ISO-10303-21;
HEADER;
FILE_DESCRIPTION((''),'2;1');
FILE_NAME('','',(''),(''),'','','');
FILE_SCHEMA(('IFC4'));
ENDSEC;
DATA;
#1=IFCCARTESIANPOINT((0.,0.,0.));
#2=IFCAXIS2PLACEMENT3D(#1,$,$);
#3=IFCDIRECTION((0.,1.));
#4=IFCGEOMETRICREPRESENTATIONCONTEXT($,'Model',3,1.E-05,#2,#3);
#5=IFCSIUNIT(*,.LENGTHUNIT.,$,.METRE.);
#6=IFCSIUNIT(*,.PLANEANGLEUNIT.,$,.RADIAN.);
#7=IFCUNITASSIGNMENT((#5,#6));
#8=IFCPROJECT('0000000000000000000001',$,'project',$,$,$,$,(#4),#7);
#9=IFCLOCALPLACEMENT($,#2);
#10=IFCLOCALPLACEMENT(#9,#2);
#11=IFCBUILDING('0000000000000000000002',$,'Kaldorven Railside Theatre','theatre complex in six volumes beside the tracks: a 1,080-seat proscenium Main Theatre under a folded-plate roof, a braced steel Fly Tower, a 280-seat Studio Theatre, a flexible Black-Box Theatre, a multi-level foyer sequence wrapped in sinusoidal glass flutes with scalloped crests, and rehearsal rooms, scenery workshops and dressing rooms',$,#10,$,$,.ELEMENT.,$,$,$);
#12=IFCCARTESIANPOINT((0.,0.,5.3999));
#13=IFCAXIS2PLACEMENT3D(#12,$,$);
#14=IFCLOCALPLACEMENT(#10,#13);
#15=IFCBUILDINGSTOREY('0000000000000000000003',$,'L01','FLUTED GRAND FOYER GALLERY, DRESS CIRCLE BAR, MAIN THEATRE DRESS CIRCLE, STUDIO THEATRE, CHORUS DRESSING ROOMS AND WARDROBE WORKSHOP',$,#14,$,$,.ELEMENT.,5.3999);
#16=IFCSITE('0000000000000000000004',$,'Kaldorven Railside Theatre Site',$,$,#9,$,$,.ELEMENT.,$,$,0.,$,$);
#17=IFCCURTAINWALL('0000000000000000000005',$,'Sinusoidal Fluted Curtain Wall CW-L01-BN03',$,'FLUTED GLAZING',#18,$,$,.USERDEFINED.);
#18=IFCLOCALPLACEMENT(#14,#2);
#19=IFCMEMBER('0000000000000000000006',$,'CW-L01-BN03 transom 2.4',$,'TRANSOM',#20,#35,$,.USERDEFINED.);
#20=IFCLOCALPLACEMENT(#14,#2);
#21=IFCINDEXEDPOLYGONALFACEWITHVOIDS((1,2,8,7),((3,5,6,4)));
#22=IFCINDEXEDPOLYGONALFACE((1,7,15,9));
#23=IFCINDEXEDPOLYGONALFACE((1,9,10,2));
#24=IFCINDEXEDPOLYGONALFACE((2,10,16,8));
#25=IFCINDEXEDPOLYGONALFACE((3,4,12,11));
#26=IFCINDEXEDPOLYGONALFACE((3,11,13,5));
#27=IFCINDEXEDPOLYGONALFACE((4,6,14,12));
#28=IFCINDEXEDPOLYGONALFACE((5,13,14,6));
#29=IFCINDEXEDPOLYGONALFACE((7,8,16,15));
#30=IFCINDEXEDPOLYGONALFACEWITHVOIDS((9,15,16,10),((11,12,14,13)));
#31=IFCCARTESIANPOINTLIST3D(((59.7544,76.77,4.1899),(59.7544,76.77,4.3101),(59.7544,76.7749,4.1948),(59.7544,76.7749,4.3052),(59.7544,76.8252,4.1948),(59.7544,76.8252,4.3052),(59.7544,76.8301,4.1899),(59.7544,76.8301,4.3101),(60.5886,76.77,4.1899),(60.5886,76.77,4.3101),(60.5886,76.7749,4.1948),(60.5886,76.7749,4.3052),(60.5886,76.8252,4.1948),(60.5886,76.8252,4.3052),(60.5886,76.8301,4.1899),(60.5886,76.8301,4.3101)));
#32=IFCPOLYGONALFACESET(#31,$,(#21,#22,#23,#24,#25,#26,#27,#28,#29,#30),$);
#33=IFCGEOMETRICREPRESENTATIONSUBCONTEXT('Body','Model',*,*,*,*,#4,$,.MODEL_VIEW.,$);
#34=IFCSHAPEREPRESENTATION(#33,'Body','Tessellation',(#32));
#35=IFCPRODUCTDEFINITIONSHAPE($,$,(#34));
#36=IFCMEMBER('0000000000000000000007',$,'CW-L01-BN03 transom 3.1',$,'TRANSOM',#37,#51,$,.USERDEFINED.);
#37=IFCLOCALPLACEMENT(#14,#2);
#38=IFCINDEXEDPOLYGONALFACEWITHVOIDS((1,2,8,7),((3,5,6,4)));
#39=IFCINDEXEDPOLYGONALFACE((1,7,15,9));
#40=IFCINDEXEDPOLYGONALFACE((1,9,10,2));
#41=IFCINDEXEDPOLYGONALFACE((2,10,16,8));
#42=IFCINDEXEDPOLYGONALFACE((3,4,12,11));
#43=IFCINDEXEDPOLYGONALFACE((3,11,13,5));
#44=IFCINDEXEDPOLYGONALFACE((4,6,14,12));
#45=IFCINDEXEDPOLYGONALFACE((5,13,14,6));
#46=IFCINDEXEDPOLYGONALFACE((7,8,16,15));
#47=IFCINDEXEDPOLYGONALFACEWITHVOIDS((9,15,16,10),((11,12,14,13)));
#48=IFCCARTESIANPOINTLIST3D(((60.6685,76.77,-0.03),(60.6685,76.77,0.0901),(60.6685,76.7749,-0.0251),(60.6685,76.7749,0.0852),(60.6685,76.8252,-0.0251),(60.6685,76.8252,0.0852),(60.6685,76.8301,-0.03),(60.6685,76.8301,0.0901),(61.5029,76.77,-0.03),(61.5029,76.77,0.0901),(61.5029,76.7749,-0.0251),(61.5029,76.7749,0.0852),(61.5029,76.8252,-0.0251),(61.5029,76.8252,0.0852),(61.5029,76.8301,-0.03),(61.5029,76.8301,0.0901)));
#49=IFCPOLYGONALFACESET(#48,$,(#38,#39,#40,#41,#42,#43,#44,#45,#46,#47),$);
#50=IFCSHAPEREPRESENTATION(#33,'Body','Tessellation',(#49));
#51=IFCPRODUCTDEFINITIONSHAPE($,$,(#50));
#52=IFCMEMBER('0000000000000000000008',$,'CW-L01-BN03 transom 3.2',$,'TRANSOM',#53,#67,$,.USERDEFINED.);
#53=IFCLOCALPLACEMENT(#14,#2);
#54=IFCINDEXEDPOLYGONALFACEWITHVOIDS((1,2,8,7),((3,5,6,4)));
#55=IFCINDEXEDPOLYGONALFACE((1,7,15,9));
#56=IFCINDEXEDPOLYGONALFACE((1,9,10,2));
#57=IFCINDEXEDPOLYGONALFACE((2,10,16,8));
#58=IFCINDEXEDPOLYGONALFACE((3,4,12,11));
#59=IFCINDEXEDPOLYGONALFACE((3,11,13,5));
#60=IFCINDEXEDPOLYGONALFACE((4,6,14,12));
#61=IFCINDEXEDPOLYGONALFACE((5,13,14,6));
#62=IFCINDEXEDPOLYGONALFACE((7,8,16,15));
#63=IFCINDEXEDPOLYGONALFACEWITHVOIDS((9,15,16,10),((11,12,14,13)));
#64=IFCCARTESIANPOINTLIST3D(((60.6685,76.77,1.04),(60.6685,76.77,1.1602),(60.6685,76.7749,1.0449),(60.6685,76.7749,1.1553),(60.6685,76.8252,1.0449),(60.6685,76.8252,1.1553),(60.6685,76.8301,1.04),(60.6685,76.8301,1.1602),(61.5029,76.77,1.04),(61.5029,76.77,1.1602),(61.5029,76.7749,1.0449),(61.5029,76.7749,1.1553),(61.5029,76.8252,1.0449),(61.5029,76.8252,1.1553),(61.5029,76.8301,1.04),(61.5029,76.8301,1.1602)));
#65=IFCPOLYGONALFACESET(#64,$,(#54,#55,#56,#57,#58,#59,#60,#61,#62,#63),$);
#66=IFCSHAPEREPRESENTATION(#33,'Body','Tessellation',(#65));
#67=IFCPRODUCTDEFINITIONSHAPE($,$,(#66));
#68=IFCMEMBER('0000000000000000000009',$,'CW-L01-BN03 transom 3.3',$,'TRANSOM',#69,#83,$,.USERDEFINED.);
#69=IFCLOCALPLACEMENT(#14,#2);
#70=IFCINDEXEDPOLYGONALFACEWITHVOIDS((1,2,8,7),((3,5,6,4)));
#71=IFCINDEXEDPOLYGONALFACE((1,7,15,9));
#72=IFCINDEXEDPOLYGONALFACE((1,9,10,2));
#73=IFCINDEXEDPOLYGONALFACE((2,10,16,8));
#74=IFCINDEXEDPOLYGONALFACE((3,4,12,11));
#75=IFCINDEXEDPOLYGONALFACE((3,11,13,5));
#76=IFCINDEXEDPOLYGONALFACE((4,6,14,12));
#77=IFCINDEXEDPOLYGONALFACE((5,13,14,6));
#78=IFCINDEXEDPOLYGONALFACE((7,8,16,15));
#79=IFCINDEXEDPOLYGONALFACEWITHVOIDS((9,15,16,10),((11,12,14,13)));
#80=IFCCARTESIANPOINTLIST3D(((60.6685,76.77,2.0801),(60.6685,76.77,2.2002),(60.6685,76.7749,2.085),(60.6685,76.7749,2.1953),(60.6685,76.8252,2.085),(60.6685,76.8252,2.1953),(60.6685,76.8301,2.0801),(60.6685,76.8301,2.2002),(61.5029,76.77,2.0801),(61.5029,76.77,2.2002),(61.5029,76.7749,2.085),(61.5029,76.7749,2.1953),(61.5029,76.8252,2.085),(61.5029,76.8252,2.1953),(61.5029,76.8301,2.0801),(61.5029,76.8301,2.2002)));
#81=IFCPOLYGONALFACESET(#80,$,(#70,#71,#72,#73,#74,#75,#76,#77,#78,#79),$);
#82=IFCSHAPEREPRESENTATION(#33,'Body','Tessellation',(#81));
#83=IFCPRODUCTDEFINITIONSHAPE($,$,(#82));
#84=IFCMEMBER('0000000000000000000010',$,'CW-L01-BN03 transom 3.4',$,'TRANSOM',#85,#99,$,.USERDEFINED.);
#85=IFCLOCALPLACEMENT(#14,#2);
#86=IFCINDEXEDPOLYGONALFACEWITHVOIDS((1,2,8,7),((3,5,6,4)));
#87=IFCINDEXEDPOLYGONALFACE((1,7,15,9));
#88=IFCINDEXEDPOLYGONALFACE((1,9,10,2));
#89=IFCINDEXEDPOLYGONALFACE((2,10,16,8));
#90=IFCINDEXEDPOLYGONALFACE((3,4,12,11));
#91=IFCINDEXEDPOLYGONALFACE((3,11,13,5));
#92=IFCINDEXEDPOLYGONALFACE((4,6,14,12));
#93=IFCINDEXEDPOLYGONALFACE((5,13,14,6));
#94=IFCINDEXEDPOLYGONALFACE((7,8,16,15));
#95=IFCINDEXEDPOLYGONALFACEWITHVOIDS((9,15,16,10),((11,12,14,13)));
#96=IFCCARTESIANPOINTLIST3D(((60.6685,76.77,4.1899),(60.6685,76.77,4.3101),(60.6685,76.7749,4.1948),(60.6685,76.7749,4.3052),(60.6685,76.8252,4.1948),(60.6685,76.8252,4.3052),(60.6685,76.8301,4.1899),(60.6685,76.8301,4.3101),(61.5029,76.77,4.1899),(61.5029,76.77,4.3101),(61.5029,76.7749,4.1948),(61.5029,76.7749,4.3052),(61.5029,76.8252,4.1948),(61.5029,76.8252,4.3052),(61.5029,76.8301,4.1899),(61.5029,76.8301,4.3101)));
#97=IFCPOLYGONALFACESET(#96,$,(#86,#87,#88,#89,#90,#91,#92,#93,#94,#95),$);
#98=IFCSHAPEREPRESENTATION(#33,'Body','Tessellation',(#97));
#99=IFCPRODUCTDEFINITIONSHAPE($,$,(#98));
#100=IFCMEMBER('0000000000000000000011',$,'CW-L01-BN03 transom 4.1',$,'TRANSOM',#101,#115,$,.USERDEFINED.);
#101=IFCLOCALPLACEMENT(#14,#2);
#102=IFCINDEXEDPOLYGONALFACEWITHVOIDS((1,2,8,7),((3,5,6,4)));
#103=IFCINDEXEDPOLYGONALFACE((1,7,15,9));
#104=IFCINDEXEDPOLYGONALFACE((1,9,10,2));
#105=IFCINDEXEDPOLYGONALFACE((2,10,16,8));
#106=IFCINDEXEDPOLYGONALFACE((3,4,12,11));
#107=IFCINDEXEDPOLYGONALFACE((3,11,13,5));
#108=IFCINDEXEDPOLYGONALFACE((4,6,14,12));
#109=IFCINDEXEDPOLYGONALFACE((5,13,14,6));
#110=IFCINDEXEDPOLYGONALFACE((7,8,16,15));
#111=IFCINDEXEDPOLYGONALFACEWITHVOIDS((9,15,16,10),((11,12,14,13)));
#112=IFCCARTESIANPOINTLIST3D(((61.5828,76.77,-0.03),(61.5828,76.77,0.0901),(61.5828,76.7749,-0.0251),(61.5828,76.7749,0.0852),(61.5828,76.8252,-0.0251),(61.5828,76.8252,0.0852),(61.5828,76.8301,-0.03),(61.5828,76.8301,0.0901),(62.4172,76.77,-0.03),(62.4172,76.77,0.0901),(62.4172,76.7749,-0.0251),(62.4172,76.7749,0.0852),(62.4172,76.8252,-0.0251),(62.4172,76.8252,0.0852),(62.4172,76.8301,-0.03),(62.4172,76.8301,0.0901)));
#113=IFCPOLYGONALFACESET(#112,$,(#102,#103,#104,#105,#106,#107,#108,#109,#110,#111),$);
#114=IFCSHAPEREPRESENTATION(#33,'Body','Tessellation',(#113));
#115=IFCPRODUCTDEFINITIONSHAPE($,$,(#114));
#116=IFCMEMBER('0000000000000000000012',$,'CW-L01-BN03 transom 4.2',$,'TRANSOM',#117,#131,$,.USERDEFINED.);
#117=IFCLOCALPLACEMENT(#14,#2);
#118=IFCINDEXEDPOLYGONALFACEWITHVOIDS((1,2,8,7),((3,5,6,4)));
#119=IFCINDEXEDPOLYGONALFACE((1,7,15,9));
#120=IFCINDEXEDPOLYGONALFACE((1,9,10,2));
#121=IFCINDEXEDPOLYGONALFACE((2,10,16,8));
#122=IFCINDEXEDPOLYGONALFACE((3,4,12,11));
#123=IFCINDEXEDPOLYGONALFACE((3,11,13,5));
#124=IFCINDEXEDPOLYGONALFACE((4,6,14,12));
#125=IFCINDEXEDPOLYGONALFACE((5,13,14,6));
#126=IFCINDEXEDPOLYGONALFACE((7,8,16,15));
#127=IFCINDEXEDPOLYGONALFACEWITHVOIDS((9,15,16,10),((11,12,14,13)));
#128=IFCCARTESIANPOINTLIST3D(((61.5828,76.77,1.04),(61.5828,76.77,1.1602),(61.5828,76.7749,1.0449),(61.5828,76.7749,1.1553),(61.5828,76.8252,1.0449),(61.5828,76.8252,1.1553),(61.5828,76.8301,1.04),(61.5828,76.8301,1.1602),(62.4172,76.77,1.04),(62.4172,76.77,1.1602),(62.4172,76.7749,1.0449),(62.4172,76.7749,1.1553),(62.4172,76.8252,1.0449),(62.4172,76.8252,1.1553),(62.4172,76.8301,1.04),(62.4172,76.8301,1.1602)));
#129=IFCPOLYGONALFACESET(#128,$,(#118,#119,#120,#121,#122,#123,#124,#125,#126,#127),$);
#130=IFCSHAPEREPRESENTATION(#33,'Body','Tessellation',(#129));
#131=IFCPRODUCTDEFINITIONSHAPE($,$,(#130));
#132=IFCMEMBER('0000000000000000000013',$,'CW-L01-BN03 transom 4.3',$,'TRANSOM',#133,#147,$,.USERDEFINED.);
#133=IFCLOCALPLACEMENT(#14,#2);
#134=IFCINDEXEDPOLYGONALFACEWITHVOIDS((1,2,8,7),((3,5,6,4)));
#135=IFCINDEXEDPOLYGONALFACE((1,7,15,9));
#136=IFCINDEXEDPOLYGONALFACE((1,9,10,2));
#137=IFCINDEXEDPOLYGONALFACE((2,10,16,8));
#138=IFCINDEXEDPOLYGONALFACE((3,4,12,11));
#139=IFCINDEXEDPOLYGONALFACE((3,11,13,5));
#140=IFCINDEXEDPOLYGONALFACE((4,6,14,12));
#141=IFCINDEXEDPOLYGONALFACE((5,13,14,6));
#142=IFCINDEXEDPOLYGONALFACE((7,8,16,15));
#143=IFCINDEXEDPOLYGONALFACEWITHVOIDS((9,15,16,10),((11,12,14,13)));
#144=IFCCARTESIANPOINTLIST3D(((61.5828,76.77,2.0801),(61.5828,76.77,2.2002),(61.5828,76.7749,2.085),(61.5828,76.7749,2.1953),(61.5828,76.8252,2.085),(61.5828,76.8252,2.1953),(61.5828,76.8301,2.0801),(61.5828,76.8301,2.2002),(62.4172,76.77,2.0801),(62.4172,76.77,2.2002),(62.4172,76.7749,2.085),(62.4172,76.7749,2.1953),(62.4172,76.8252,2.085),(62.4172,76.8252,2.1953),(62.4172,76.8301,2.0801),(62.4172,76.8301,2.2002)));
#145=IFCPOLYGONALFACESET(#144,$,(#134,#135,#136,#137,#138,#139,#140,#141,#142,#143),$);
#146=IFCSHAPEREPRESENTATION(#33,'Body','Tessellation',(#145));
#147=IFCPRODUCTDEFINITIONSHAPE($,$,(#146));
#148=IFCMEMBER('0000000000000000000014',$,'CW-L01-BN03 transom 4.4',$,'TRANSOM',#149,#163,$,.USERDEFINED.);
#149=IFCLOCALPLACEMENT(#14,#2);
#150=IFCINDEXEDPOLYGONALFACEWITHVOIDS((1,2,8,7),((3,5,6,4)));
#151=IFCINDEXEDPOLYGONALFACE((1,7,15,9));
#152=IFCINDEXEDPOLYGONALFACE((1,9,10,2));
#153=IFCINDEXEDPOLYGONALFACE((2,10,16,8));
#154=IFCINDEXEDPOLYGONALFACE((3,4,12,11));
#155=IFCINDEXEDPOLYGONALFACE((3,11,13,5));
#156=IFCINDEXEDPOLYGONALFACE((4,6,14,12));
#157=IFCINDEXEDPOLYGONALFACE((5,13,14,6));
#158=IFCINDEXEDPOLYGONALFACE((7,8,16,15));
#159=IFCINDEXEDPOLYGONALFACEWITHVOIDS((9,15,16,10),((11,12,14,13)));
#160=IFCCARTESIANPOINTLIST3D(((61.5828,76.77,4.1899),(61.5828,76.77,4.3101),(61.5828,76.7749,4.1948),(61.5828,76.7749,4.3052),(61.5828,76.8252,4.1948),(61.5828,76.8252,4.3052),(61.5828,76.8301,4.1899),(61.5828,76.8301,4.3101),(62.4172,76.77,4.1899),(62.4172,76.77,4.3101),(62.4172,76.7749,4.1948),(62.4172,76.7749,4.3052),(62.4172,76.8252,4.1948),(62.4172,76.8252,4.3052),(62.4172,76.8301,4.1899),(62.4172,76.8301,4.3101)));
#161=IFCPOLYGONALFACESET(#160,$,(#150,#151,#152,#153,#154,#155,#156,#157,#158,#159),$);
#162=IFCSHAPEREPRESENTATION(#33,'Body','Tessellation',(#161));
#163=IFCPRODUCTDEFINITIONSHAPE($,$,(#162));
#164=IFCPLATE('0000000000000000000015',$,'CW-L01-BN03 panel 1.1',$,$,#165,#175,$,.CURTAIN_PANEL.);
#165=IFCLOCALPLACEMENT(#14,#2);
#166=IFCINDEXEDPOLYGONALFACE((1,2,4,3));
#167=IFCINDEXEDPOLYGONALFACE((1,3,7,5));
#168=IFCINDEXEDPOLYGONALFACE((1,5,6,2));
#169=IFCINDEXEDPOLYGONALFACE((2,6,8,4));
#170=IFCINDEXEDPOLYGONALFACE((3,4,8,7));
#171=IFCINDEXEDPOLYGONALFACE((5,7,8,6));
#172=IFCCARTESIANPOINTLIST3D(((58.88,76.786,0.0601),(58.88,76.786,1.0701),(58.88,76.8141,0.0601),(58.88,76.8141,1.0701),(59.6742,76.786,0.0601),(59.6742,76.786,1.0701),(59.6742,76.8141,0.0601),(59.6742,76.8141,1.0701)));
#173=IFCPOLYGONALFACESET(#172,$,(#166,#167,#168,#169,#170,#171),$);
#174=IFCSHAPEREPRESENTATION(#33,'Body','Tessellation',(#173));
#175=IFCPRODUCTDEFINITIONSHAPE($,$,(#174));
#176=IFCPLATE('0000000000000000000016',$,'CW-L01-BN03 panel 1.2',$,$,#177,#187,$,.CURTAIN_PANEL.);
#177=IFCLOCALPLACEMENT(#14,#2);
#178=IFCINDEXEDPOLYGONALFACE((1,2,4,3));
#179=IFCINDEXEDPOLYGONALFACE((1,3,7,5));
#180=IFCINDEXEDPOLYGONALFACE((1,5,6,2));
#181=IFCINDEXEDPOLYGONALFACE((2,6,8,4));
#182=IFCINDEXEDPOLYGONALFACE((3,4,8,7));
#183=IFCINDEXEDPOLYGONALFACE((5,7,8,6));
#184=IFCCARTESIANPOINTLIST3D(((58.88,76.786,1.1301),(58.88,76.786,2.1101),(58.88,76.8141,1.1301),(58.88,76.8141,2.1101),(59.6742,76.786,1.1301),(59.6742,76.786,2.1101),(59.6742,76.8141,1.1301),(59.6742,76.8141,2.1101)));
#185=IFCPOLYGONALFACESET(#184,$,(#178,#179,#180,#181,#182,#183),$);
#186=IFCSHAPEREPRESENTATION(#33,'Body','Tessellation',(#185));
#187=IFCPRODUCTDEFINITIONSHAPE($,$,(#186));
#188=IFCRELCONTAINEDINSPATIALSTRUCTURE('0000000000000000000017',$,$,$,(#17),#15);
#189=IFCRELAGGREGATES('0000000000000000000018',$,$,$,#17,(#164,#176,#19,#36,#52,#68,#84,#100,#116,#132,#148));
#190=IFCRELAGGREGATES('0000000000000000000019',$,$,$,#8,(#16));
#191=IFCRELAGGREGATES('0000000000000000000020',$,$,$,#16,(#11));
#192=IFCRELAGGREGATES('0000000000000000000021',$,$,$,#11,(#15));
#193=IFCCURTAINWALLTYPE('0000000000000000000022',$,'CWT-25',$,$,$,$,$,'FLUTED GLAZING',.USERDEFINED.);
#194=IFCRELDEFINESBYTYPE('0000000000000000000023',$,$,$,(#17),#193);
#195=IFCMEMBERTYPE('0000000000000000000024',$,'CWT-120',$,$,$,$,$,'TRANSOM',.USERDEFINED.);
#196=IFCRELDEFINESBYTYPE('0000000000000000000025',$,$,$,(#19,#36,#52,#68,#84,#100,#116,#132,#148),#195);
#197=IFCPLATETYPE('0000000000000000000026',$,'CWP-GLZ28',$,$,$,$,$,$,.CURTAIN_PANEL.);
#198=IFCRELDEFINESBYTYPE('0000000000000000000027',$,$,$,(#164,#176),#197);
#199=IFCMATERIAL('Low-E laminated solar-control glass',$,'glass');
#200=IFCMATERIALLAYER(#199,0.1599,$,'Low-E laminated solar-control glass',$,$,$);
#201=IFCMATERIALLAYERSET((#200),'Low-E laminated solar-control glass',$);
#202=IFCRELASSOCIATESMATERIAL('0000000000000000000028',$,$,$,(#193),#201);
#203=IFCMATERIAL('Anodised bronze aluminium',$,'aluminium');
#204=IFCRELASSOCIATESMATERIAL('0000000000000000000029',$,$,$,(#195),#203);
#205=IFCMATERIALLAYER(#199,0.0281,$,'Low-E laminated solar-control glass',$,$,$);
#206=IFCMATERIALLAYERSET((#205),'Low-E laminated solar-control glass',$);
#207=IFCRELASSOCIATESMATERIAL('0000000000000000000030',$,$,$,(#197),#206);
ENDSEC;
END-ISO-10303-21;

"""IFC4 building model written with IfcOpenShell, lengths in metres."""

from ifc_helpers import new_model, si_unit, direction, frame, origin, origin_2d, place, context, subcontext, project, spatial, rectangle, hollow_rectangle, extrude, material, layer, layer_set, material_profile, profile_set, type_object, element, aggregate, save


model = new_model("IFC4")

# Units and contexts
model_context = context("Model", 3, precision=1e-05, world=origin(), true_north=direction((0.0, 1.0)))
body_context = subcontext(model_context, "Body", "Model", "MODEL_VIEW")
ifc_project = project(units=[si_unit("LENGTHUNIT", "METRE"), si_unit("PLANEANGLEUNIT", "RADIAN")], contexts=[model_context])

# Site, building, storey
site_placement = place(None, origin())
site = spatial("IfcSite", under=ifc_project, at=site_placement, Name="Kaldorven Railside Theatre Site", CompositionType="ELEMENT", RefElevation=0.0)
building_placement = place(site_placement, origin())
building = spatial("IfcBuilding", under=site, at=building_placement, Name="Kaldorven Railside Theatre", Description="theatre complex in six volumes beside the tracks: a 1,080-seat proscenium Main Theatre under a folded-plate roof, a braced steel Fly Tower, a 280-seat Studio Theatre, a flexible Black-Box Theatre, a multi-level foyer sequence wrapped in sinusoidal glass flutes with scalloped crests, and rehearsal rooms, scenery workshops and dressing rooms", CompositionType="ELEMENT")
storey_placement = place(building_placement, frame((0.0, 0.0, 5.3999)))
storey = spatial("IfcBuildingStorey", under=building, at=storey_placement, Name="L01", Description="FLUTED GRAND FOYER GALLERY, DRESS CIRCLE BAR, MAIN THEATRE DRESS CIRCLE, STUDIO THEATRE, CHORUS DRESSING ROOMS AND WARDROBE WORKSHOP", CompositionType="ELEMENT", Elevation=5.3999)

# Curtain wall, members, plates
ifc_material_1 = material(Name="Low-E laminated solar-control glass", Category="glass")
ifc_layer_1 = layer(ifc_material_1, 0.1599, Name="Low-E laminated solar-control glass")
ifc_layer_set_1 = layer_set([ifc_layer_1], Name="Low-E laminated solar-control glass")
curtain_wall_type = type_object("IfcCurtainWallType", Name="CWT-25", ElementType="FLUTED GLAZING", PredefinedType="USERDEFINED", material=ifc_layer_set_1)
curtain_wall_placement = place(storey_placement, origin())
curtain_wall = element("IfcCurtainWall", 1, at=curtain_wall_placement, inside=storey, type_object=curtain_wall_type, Name="Sinusoidal Fluted Curtain Wall CW-L01-BN03", ObjectType="FLUTED GLAZING", PredefinedType="USERDEFINED")
ifc_material_2 = material(Name="Anodised bronze aluminium", Category="aluminium")
ifc_material_profile_1 = material_profile(ifc_material_2, hollow_rectangle(XDim=0.0601, YDim=0.1201, WallThickness=0.0049, at=origin_2d()), Name="RHS 120x60x5")
ifc_profile_set_1 = profile_set([ifc_material_profile_1], Name="Anodised bronze aluminium")
member_type_1 = type_object("IfcMemberType", Name="CWT-120", ElementType="TRANSOM", PredefinedType="USERDEFINED", material=ifc_profile_set_1)
member_1_placement = place(storey_placement, frame((59.7544, 76.8, 4.25), z_axis=(1.0, 0.0, 0.0), x_axis=(0.0, 1.0, 0.0)))
member_1 = element("IfcMember", 2, at=member_1_placement, type_object=member_type_1, Name="CW-L01-BN03 transom 2.4", ObjectType="TRANSOM", PredefinedType="USERDEFINED", context=body_context, shape_type="SweptSolid", body=[
    extrude(hollow_rectangle(XDim=0.0601, YDim=0.1201, WallThickness=0.0049, at=origin_2d()), origin(), (0.0, 0.0, 1.0), 0.8342),
])
member_2_placement = place(storey_placement, frame((60.6685, 76.8, 0.03), z_axis=(1.0, 0.0, 0.0), x_axis=(0.0, 1.0, 0.0)))
member_2 = element("IfcMember", 3, at=member_2_placement, type_object=member_type_1, Name="CW-L01-BN03 transom 3.1", ObjectType="TRANSOM", PredefinedType="USERDEFINED", context=body_context, shape_type="SweptSolid", body=[
    extrude(hollow_rectangle(XDim=0.0601, YDim=0.1201, WallThickness=0.0049, at=origin_2d()), origin(), (0.0, 0.0, 1.0), 0.8345),
])
member_3_placement = place(storey_placement, frame((60.6685, 76.8, 1.1001), z_axis=(1.0, 0.0, 0.0), x_axis=(0.0, 1.0, 0.0)))
member_3 = element("IfcMember", 4, at=member_3_placement, type_object=member_type_1, Name="CW-L01-BN03 transom 3.2", ObjectType="TRANSOM", PredefinedType="USERDEFINED", context=body_context, shape_type="SweptSolid", body=[
    extrude(hollow_rectangle(XDim=0.0601, YDim=0.1201, WallThickness=0.0049, at=origin_2d()), origin(), (0.0, 0.0, 1.0), 0.8345),
])
member_4_placement = place(storey_placement, frame((60.6685, 76.8, 2.1401), z_axis=(1.0, 0.0, 0.0), x_axis=(0.0, 1.0, 0.0)))
member_4 = element("IfcMember", 5, at=member_4_placement, type_object=member_type_1, Name="CW-L01-BN03 transom 3.3", ObjectType="TRANSOM", PredefinedType="USERDEFINED", context=body_context, shape_type="SweptSolid", body=[
    extrude(hollow_rectangle(XDim=0.0601, YDim=0.1201, WallThickness=0.0049, at=origin_2d()), origin(), (0.0, 0.0, 1.0), 0.8345),
])
member_5_placement = place(storey_placement, frame((60.6685, 76.8, 4.25), z_axis=(1.0, 0.0, 0.0), x_axis=(0.0, 1.0, 0.0)))
member_5 = element("IfcMember", 6, at=member_5_placement, type_object=member_type_1, Name="CW-L01-BN03 transom 3.4", ObjectType="TRANSOM", PredefinedType="USERDEFINED", context=body_context, shape_type="SweptSolid", body=[
    extrude(hollow_rectangle(XDim=0.0601, YDim=0.1201, WallThickness=0.0049, at=origin_2d()), origin(), (0.0, 0.0, 1.0), 0.8345),
])
member_6_placement = place(storey_placement, frame((61.5828, 76.8, 0.03), z_axis=(1.0, 0.0, 0.0), x_axis=(0.0, 1.0, 0.0)))
member_6 = element("IfcMember", 7, at=member_6_placement, type_object=member_type_1, Name="CW-L01-BN03 transom 4.1", ObjectType="TRANSOM", PredefinedType="USERDEFINED", context=body_context, shape_type="SweptSolid", body=[
    extrude(hollow_rectangle(XDim=0.0601, YDim=0.1201, WallThickness=0.0049, at=origin_2d()), origin(), (0.0, 0.0, 1.0), 0.8345),
])
member_7_placement = place(storey_placement, frame((61.5828, 76.8, 1.1001), z_axis=(1.0, 0.0, 0.0), x_axis=(0.0, 1.0, 0.0)))
member_7 = element("IfcMember", 8, at=member_7_placement, type_object=member_type_1, Name="CW-L01-BN03 transom 4.2", ObjectType="TRANSOM", PredefinedType="USERDEFINED", context=body_context, shape_type="SweptSolid", body=[
    extrude(hollow_rectangle(XDim=0.0601, YDim=0.1201, WallThickness=0.0049, at=origin_2d()), origin(), (0.0, 0.0, 1.0), 0.8345),
])
member_8_placement = place(storey_placement, frame((61.5828, 76.8, 2.1401), z_axis=(1.0, 0.0, 0.0), x_axis=(0.0, 1.0, 0.0)))
member_8 = element("IfcMember", 9, at=member_8_placement, type_object=member_type_1, Name="CW-L01-BN03 transom 4.3", ObjectType="TRANSOM", PredefinedType="USERDEFINED", context=body_context, shape_type="SweptSolid", body=[
    extrude(hollow_rectangle(XDim=0.0601, YDim=0.1201, WallThickness=0.0049, at=origin_2d()), origin(), (0.0, 0.0, 1.0), 0.8345),
])
member_9_placement = place(storey_placement, frame((61.5828, 76.8, 4.25), z_axis=(1.0, 0.0, 0.0), x_axis=(0.0, 1.0, 0.0)))
member_9 = element("IfcMember", 10, at=member_9_placement, type_object=member_type_1, Name="CW-L01-BN03 transom 4.4", ObjectType="TRANSOM", PredefinedType="USERDEFINED", context=body_context, shape_type="SweptSolid", body=[
    extrude(hollow_rectangle(XDim=0.0601, YDim=0.1201, WallThickness=0.0049, at=origin_2d()), origin(), (0.0, 0.0, 1.0), 0.8345),
])
ifc_layer_2 = layer(ifc_material_1, 0.0281, Name="Low-E laminated solar-control glass")
ifc_layer_set_2 = layer_set([ifc_layer_2], Name="Low-E laminated solar-control glass")
plate_type = type_object("IfcPlateType", Name="CWP-GLZ28", PredefinedType="CURTAIN_PANEL", material=ifc_layer_set_2)
plate_1_placement = place(storey_placement, frame((59.2771, 76.8, 0.0601), z_axis=(0.0, 0.0, 1.0), x_axis=(1.0, 0.0, 0.0)))
plate_1 = element("IfcPlate", 11, at=plate_1_placement, type_object=plate_type, Name="CW-L01-BN03 panel 1.1", PredefinedType="CURTAIN_PANEL", context=body_context, shape_type="SweptSolid", body=[
    extrude(rectangle(XDim=0.7942, YDim=0.0281, at=origin_2d()), origin(), (0.0, 0.0, 1.0), 1.01),
])
plate_2_placement = place(storey_placement, frame((59.2771, 76.8, 1.1301), z_axis=(0.0, 0.0, 1.0), x_axis=(1.0, 0.0, 0.0)))
plate_2 = element("IfcPlate", 12, at=plate_2_placement, type_object=plate_type, Name="CW-L01-BN03 panel 1.2", PredefinedType="CURTAIN_PANEL", context=body_context, shape_type="SweptSolid", body=[
    extrude(rectangle(XDim=0.7942, YDim=0.0281, at=origin_2d()), origin(), (0.0, 0.0, 1.0), 0.98),
])
aggregate(curtain_wall, [plate_1, plate_2, member_1, member_2, member_3, member_4, member_5, member_6, member_7, member_8, member_9])

save(model, "model.ifc")
